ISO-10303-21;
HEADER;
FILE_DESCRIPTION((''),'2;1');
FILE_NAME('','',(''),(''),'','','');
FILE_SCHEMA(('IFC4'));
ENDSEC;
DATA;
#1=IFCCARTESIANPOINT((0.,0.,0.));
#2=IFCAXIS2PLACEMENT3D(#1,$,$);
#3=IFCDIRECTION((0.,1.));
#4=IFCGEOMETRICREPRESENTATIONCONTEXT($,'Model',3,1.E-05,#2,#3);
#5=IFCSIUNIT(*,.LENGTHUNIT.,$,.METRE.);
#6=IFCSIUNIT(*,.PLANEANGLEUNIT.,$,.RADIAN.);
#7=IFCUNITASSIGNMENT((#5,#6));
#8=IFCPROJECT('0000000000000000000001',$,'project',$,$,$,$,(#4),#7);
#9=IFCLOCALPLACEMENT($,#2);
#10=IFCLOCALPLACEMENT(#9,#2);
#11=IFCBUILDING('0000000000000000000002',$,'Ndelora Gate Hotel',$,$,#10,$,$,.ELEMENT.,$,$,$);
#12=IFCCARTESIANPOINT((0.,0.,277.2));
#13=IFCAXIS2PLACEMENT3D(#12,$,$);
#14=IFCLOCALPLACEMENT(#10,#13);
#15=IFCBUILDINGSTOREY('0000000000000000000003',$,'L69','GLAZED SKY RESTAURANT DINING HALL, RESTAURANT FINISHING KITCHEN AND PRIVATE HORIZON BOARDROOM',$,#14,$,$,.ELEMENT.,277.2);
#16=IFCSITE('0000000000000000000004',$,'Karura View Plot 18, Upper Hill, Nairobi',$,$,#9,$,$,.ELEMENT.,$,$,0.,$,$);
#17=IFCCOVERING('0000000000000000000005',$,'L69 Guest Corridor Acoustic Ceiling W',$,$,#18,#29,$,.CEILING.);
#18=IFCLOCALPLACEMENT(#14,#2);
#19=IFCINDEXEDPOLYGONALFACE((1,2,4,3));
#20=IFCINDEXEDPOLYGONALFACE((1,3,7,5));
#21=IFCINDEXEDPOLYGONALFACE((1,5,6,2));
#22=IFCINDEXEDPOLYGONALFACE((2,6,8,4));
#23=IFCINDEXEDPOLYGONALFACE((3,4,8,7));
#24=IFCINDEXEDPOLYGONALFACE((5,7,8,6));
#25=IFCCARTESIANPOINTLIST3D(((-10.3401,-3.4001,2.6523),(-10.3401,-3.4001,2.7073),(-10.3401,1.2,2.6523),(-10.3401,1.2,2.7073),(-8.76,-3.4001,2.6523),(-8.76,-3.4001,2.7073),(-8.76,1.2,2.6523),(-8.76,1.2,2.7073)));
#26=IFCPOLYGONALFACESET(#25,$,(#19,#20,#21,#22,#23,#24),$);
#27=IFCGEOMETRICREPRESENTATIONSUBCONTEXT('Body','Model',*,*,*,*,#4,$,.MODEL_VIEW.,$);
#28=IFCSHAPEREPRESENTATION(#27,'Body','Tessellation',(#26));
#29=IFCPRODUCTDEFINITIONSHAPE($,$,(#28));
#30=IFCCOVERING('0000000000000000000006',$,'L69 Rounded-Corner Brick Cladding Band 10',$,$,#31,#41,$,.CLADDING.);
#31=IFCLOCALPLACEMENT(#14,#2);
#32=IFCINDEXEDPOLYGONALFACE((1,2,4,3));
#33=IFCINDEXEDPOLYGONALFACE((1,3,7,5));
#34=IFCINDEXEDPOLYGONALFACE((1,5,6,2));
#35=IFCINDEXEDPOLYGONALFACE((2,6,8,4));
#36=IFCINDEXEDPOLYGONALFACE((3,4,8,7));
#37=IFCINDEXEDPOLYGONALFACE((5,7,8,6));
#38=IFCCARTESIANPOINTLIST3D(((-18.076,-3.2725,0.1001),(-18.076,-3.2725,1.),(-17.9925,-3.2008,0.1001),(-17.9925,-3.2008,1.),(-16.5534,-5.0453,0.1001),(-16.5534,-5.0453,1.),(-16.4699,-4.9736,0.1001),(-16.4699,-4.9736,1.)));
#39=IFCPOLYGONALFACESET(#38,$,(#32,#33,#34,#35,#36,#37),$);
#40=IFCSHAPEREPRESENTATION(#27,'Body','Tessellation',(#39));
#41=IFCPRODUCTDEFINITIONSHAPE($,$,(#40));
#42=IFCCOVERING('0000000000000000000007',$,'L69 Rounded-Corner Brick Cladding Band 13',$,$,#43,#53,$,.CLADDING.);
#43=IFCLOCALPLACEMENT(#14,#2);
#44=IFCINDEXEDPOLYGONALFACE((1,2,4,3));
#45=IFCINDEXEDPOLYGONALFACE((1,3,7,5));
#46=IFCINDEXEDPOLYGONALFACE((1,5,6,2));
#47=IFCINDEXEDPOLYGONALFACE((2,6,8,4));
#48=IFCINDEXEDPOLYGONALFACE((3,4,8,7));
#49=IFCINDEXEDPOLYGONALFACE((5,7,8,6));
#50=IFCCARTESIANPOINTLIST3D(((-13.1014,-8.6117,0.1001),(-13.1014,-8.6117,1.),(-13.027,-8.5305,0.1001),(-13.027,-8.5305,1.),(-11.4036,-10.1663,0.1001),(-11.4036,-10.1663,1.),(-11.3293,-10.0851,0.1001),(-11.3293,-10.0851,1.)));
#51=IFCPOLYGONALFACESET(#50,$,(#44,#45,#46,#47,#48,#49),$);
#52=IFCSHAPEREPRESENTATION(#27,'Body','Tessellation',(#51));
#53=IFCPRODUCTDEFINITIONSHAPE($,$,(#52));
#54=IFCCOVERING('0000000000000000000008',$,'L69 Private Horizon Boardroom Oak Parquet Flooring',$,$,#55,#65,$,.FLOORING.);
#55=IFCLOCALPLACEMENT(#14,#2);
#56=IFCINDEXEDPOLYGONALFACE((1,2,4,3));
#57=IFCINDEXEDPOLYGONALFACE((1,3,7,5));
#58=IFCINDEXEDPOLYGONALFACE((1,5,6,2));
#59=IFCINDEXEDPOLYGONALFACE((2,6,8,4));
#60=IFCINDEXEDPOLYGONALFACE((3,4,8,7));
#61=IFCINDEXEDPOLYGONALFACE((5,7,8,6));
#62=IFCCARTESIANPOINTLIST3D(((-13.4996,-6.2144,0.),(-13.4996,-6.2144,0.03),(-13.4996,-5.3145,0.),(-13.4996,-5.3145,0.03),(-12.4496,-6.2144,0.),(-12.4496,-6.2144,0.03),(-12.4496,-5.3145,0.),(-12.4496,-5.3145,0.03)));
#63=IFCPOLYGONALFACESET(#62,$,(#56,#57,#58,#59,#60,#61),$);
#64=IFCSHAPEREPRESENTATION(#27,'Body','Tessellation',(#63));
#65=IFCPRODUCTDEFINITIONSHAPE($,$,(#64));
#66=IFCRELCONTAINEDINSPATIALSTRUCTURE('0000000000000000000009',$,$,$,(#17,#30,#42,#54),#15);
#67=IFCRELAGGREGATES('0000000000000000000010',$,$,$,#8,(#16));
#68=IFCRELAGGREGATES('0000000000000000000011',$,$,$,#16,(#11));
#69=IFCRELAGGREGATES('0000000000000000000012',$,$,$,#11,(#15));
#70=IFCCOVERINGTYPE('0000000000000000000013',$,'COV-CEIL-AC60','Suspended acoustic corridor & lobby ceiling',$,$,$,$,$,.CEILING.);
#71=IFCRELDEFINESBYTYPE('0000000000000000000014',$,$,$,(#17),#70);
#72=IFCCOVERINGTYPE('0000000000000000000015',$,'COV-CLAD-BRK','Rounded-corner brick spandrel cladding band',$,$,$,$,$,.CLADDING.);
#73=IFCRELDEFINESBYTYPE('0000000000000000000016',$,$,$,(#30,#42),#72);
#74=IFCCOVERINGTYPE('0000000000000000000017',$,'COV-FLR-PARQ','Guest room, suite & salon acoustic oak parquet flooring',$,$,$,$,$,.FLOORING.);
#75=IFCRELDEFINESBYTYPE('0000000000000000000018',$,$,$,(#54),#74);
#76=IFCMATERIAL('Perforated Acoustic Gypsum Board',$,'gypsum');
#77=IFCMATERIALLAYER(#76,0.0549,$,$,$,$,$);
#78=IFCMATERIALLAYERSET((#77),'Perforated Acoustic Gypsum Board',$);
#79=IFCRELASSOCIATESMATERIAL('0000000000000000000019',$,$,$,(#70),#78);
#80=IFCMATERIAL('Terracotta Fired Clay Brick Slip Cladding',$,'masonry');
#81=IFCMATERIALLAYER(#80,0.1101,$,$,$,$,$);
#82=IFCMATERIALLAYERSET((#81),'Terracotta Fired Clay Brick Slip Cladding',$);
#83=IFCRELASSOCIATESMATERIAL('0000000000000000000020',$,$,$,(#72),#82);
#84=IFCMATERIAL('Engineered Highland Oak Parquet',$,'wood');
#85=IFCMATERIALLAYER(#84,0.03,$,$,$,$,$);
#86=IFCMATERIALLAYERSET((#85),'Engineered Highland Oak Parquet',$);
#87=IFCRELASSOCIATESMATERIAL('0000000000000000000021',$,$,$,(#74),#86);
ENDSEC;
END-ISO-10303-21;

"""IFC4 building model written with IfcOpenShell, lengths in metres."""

from ifc_helpers import new_model, si_unit, direction, frame, origin, origin_2d, place, context, subcontext, project, spatial, rectangle, extrude, material, layer, layer_set, type_object, element, save


model = new_model("IFC4")

# Units and contexts
model_context = context("Model", 3, precision=1e-05, world=origin(), true_north=direction((0.0, 1.0)))
body_context = subcontext(model_context, "Body", "Model", "MODEL_VIEW")
ifc_project = project(units=[si_unit("LENGTHUNIT", "METRE"), si_unit("PLANEANGLEUNIT", "RADIAN")], contexts=[model_context])

# Site, building, storey
site_placement = place(None, origin())
site = spatial("IfcSite", under=ifc_project, at=site_placement, Name="Karura View Plot 18, Upper Hill, Nairobi", CompositionType="ELEMENT", RefElevation=0.0)
building_placement = place(site_placement, origin())
building = spatial("IfcBuilding", under=site, at=building_placement, Name="Ndelora Gate Hotel", CompositionType="ELEMENT")
storey_placement = place(building_placement, frame((0.0, 0.0, 277.2)))
storey = spatial("IfcBuildingStorey", under=building, at=storey_placement, Name="L69", Description="GLAZED SKY RESTAURANT DINING HALL, RESTAURANT FINISHING KITCHEN AND PRIVATE HORIZON BOARDROOM", CompositionType="ELEMENT", Elevation=277.2)

# Coverings
ifc_material_1 = material(Name="Perforated Acoustic Gypsum Board", Category="gypsum")
ifc_layer_1 = layer(ifc_material_1, 0.0549)
ifc_layer_set_1 = layer_set([ifc_layer_1], Name="Perforated Acoustic Gypsum Board")
covering_type_1 = type_object("IfcCoveringType", Name="COV-CEIL-AC60", Description="Suspended acoustic corridor & lobby ceiling", PredefinedType="CEILING", material=ifc_layer_set_1)
covering_1_placement = place(storey_placement, frame((-9.55, -1.1001, 2.6523), z_axis=(0.0, 0.0, 1.0), x_axis=(1.0, 0.0, 0.0)))
element("IfcCovering", 1, at=covering_1_placement, inside=storey, type_object=covering_type_1, Name="L69 Guest Corridor Acoustic Ceiling W", PredefinedType="CEILING", context=body_context, shape_type="SweptSolid", body=[
    extrude(rectangle(XDim=1.5801, YDim=4.6001, at=origin_2d()), origin(), (0.0, 0.0, 1.0), 0.0549),
])
ifc_material_2 = material(Name="Terracotta Fired Clay Brick Slip Cladding", Category="masonry")
ifc_layer_2 = layer(ifc_material_2, 0.1101)
ifc_layer_set_2 = layer_set([ifc_layer_2], Name="Terracotta Fired Clay Brick Slip Cladding")
covering_type_2 = type_object("IfcCoveringType", Name="COV-CLAD-BRK", Description="Rounded-corner brick spandrel cladding band", PredefinedType="CLADDING", material=ifc_layer_set_2)
covering_2_placement = place(storey_placement, frame((-17.2729, -4.123, 0.1001), z_axis=(0.0, 0.0, 1.0), x_axis=(-0.651569, 0.758589, 0.0)))
element("IfcCovering", 2, at=covering_2_placement, inside=storey, type_object=covering_type_2, Name="L69 Rounded-Corner Brick Cladding Band 10", PredefinedType="CLADDING", context=body_context, shape_type="SweptSolid", body=[
    extrude(rectangle(XDim=2.3369, YDim=0.1101, at=origin_2d()), origin(), (0.0, 0.0, 1.0), 0.8999),
])
covering_3_placement = place(storey_placement, frame((-12.2153, -9.3484, 0.1001), z_axis=(0.0, 0.0, 1.0), x_axis=(-0.737513, 0.675333, 0.0)))
element("IfcCovering", 3, at=covering_3_placement, inside=storey, type_object=covering_type_2, Name="L69 Rounded-Corner Brick Cladding Band 13", PredefinedType="CLADDING", context=body_context, shape_type="SweptSolid", body=[
    extrude(rectangle(XDim=2.302, YDim=0.1101, at=origin_2d()), origin(), (0.0, 0.0, 1.0), 0.8999),
])
ifc_material_3 = material(Name="Engineered Highland Oak Parquet", Category="wood")
ifc_layer_3 = layer(ifc_material_3, 0.03)
ifc_layer_set_3 = layer_set([ifc_layer_3], Name="Engineered Highland Oak Parquet")
covering_type_3 = type_object("IfcCoveringType", Name="COV-FLR-PARQ", Description="Guest room, suite & salon acoustic oak parquet flooring", PredefinedType="FLOORING", material=ifc_layer_set_3)
covering_4_placement = place(storey_placement, frame((-12.9746, -5.7644, 0.0), z_axis=(0.0, 0.0, 1.0), x_axis=(1.0, 0.0, 0.0)))
element("IfcCovering", 4, at=covering_4_placement, inside=storey, type_object=covering_type_3, Name="L69 Private Horizon Boardroom Oak Parquet Flooring", PredefinedType="FLOORING", context=body_context, shape_type="SweptSolid", body=[
    extrude(rectangle(XDim=1.05, YDim=0.8999, at=origin_2d()), origin(), (0.0, 0.0, 1.0), 0.03),
])

save(model, "model.ifc")
